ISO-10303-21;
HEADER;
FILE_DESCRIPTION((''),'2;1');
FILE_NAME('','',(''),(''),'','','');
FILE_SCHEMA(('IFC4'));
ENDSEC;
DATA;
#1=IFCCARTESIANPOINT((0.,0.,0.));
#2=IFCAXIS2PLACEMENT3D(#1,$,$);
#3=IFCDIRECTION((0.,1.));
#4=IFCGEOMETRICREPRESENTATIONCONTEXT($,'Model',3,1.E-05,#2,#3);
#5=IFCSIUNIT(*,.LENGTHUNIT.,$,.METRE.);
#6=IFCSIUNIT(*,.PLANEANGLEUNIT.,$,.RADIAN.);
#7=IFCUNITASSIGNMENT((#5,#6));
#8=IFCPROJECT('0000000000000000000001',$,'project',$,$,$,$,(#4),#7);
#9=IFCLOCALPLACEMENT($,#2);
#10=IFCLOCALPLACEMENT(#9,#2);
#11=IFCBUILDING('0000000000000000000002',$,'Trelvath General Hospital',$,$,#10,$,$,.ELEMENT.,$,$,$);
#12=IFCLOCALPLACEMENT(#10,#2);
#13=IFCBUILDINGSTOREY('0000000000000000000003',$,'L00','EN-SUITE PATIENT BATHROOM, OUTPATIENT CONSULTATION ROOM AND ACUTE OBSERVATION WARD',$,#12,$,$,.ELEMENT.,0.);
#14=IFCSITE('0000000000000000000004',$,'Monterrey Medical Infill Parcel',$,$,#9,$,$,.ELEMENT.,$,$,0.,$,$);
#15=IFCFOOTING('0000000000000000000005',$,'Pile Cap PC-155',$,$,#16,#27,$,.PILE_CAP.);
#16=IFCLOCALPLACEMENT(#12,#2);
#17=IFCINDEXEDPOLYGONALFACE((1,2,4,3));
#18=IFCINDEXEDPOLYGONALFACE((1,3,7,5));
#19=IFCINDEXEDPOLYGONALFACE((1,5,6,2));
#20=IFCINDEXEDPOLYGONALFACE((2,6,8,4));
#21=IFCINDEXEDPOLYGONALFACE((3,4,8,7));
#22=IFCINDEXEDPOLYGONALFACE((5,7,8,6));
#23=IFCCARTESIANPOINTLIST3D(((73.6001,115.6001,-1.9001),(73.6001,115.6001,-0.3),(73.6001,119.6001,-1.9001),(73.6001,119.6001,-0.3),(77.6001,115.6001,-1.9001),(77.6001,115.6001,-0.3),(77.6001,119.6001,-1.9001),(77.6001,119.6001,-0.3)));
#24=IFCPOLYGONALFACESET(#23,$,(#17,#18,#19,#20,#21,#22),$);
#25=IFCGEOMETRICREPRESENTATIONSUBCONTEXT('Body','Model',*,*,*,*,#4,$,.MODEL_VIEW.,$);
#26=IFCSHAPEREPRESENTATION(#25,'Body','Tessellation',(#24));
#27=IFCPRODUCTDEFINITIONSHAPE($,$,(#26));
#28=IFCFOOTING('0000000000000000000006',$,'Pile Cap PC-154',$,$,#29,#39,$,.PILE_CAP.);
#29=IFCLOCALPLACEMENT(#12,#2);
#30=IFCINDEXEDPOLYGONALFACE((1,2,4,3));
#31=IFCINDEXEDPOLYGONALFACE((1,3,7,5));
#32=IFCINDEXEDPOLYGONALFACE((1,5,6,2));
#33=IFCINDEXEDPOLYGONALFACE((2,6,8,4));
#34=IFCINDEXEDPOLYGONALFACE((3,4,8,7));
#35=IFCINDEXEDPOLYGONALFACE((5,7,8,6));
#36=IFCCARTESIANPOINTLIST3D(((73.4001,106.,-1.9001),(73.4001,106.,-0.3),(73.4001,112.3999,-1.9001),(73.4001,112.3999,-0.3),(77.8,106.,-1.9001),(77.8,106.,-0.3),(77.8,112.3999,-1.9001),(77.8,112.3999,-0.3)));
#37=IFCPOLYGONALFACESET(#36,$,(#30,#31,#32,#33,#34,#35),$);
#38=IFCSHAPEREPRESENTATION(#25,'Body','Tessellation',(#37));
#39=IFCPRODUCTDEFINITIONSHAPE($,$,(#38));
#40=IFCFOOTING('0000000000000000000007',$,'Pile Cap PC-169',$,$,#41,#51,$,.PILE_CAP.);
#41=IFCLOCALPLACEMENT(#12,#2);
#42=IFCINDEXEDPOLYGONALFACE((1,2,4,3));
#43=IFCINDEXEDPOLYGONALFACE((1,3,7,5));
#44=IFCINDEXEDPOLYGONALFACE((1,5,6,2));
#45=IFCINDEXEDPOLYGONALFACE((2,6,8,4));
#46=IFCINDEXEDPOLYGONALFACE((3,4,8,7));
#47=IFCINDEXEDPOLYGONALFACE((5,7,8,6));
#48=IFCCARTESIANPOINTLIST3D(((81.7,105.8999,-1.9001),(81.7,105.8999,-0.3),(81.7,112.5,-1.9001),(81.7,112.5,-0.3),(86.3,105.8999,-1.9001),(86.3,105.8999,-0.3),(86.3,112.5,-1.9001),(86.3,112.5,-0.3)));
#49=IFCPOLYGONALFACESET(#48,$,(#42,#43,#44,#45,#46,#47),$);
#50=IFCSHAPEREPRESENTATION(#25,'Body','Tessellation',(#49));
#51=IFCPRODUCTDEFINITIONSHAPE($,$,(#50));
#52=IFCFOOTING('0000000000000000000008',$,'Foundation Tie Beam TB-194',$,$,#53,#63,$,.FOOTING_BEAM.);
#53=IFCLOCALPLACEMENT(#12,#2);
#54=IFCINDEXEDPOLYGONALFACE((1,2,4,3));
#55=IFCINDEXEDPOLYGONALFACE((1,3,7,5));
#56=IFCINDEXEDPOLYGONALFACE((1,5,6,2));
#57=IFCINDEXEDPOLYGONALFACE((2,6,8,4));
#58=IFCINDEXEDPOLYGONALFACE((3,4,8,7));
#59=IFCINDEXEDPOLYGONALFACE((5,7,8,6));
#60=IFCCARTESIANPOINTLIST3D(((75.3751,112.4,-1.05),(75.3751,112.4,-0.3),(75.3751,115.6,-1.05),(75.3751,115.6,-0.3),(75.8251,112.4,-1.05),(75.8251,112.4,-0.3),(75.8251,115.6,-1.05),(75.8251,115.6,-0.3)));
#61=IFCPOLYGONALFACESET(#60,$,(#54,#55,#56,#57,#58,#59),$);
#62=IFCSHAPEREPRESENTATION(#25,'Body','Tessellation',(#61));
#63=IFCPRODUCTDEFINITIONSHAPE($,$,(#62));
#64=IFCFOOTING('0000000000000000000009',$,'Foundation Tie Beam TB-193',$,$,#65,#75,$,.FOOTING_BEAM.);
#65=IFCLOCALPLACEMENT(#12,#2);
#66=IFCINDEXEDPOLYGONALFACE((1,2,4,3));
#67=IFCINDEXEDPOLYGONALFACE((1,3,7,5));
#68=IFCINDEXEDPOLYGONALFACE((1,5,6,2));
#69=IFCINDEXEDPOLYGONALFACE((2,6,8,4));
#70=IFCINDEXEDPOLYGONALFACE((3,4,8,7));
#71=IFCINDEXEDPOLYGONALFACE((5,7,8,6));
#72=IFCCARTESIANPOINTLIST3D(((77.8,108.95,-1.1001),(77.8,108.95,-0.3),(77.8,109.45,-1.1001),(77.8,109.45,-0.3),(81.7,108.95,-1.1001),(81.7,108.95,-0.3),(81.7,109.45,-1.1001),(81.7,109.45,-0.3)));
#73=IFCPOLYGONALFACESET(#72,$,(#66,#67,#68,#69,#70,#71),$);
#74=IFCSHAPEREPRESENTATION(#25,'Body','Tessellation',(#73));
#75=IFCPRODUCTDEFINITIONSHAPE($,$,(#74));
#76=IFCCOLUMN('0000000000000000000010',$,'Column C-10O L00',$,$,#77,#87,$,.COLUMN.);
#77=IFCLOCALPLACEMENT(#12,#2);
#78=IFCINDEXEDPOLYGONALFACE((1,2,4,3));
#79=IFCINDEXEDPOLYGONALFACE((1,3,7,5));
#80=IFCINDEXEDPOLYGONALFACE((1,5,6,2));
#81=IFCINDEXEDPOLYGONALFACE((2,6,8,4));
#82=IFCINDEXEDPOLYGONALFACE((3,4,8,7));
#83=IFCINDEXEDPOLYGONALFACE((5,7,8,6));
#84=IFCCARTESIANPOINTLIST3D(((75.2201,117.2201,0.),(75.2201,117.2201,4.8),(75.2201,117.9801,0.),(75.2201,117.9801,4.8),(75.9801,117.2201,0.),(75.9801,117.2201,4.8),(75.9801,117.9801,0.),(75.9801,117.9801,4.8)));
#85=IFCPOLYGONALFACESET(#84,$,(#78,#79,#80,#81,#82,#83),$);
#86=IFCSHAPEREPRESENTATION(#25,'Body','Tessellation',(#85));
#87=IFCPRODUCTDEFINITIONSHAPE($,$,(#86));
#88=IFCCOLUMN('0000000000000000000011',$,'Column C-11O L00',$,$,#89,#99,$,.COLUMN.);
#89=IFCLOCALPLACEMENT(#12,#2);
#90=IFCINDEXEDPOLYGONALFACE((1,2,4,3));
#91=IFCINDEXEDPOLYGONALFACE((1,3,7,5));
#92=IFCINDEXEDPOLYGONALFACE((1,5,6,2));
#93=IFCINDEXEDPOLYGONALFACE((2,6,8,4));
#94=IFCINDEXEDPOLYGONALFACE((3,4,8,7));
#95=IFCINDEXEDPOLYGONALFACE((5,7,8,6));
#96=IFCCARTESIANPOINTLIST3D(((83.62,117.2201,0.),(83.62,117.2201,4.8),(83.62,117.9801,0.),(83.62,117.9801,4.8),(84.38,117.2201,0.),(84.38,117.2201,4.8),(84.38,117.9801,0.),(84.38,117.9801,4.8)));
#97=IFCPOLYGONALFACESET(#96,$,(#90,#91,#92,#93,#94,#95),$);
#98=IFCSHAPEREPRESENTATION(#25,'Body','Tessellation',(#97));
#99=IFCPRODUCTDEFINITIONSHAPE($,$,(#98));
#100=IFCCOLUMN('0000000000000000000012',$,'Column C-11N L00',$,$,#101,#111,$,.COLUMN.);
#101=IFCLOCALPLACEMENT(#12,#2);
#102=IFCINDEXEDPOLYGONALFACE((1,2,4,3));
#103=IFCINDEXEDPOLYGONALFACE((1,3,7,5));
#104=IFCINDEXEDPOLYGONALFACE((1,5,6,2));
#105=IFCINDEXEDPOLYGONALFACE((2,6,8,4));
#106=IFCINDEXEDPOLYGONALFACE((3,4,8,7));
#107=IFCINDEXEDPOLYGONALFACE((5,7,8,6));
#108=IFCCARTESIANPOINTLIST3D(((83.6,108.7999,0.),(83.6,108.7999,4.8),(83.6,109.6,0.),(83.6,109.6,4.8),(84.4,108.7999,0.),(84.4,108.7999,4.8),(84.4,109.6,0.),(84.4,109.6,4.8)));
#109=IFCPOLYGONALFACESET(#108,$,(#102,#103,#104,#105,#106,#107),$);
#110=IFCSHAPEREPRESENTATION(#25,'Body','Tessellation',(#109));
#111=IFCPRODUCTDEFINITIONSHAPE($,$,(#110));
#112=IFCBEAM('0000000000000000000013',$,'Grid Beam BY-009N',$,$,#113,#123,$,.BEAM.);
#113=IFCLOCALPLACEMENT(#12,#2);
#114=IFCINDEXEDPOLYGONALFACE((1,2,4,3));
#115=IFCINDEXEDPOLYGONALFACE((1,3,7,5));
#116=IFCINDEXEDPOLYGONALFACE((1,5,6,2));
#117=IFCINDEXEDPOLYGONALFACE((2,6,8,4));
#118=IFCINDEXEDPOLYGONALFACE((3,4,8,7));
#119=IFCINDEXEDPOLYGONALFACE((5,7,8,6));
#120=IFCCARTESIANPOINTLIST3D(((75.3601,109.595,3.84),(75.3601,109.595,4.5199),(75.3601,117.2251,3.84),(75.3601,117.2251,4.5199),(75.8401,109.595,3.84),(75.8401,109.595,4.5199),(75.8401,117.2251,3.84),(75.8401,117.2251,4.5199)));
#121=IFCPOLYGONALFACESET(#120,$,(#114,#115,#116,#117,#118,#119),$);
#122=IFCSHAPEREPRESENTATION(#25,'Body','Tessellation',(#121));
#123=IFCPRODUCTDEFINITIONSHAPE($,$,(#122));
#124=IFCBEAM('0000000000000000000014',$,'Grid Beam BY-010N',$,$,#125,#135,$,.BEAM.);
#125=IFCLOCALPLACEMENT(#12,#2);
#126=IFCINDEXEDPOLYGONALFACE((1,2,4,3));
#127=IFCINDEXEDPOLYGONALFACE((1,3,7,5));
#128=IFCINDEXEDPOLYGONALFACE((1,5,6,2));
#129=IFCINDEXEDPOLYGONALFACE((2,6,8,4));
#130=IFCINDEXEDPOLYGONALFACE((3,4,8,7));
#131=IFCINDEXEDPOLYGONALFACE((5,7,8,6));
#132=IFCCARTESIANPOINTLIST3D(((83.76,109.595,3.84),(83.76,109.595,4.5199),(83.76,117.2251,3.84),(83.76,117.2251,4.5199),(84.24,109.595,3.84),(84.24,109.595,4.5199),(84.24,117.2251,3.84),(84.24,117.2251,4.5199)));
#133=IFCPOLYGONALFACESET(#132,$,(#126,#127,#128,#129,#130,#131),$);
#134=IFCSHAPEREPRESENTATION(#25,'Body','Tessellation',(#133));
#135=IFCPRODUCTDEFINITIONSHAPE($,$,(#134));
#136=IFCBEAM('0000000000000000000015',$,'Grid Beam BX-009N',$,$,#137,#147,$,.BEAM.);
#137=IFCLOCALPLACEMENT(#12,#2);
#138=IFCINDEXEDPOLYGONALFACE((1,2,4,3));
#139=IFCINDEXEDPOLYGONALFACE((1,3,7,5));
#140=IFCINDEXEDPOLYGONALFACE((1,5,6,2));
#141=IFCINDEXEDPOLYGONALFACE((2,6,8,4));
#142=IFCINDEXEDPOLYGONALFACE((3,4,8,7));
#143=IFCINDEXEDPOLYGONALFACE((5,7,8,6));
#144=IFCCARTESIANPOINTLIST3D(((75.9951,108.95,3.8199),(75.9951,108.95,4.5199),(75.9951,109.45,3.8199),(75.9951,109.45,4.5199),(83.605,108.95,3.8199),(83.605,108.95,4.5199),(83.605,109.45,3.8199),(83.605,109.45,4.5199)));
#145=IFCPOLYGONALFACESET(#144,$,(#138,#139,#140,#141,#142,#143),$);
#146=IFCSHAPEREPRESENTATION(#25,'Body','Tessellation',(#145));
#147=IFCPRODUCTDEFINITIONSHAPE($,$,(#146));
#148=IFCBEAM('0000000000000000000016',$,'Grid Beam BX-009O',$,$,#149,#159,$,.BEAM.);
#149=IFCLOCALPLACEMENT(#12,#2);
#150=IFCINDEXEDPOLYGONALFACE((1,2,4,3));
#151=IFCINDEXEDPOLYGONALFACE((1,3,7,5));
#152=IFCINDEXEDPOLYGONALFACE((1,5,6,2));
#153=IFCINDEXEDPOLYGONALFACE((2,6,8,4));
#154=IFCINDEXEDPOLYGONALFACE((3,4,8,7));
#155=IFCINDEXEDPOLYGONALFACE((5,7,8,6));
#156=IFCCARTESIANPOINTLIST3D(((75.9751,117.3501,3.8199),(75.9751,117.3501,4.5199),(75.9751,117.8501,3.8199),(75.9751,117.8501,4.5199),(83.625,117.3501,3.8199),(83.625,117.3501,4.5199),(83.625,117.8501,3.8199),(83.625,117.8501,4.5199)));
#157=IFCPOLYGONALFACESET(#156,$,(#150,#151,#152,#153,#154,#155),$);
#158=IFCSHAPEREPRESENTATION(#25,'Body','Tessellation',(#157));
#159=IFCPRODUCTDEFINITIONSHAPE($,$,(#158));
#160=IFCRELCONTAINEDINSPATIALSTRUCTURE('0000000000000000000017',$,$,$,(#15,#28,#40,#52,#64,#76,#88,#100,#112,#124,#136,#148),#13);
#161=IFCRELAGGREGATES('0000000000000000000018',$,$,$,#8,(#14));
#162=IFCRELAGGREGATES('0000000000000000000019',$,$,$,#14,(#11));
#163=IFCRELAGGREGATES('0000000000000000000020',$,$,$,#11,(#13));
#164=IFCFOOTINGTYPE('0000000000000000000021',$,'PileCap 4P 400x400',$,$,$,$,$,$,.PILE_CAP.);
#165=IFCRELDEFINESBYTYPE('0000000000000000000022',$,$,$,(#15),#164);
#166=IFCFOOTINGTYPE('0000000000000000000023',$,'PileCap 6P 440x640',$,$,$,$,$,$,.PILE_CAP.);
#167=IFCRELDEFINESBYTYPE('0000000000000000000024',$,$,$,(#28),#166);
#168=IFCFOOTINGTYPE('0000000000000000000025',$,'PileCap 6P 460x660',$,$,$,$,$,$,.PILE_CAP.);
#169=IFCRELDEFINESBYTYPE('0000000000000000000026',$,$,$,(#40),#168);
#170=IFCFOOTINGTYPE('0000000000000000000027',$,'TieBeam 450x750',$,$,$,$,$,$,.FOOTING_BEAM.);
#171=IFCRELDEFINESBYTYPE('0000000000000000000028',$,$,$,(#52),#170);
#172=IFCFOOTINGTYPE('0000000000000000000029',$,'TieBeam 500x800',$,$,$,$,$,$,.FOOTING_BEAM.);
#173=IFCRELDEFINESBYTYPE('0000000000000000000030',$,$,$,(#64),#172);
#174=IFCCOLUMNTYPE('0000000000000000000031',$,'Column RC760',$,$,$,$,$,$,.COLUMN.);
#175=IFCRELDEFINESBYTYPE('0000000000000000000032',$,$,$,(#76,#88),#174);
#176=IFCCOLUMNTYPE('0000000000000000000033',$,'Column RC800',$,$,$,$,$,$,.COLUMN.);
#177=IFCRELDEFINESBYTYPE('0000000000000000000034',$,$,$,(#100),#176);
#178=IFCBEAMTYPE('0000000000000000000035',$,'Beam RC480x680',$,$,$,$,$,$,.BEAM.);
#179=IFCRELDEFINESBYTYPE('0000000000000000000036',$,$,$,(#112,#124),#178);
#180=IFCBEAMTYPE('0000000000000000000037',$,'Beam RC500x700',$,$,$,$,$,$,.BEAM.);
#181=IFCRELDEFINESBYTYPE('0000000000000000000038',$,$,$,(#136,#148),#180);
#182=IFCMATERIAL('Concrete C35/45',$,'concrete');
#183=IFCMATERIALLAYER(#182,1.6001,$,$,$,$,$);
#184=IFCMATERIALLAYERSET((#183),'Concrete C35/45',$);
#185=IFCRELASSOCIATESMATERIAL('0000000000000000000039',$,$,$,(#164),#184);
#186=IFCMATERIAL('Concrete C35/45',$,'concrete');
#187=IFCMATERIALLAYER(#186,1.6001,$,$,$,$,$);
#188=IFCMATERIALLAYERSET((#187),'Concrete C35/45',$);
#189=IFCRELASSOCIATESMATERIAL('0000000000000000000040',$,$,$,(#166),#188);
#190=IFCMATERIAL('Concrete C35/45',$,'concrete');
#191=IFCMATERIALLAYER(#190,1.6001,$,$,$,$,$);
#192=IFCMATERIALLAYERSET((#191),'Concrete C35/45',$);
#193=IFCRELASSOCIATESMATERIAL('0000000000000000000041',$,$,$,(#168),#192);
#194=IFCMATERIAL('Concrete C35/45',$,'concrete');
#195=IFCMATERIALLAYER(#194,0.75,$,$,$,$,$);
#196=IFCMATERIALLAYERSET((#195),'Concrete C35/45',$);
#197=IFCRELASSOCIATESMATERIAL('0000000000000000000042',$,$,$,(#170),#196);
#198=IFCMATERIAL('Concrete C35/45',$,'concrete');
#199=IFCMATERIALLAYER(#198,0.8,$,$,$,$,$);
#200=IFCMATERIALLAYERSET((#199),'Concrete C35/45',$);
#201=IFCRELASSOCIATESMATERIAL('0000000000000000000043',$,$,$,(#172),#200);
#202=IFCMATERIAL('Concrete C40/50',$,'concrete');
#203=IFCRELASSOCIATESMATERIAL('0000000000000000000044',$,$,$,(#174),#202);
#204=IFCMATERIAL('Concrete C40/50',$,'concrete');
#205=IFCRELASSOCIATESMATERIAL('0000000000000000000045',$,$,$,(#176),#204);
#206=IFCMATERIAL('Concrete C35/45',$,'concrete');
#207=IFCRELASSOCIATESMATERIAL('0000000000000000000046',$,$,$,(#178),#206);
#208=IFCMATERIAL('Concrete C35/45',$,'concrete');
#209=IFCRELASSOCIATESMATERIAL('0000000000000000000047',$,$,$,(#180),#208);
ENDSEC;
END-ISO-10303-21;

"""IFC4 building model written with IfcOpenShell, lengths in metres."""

from ifc_helpers import new_model, si_unit, direction, frame, origin, origin_2d, place, context, subcontext, project, spatial, rectangle, extrude, material, layer, layer_set, material_profile, profile_set, type_object, element, save


model = new_model("IFC4")

# Units and contexts
model_context = context("Model", 3, precision=1e-05, world=origin(), true_north=direction((0.0, 1.0)))
body_context = subcontext(model_context, "Body", "Model", "MODEL_VIEW")
ifc_project = project(units=[si_unit("LENGTHUNIT", "METRE"), si_unit("PLANEANGLEUNIT", "RADIAN")], contexts=[model_context])

# Site, building, storey
site_placement = place(None, origin())
site = spatial("IfcSite", under=ifc_project, at=site_placement, Name="Monterrey Medical Infill Parcel", CompositionType="ELEMENT", RefElevation=0.0)
building_placement = place(site_placement, origin())
building = spatial("IfcBuilding", under=site, at=building_placement, Name="Trelvath General Hospital", CompositionType="ELEMENT")
storey_placement = place(building_placement, origin())
storey = spatial("IfcBuildingStorey", under=building, at=storey_placement, Name="L00", Description="EN-SUITE PATIENT BATHROOM, OUTPATIENT CONSULTATION ROOM AND ACUTE OBSERVATION WARD", CompositionType="ELEMENT", Elevation=0.0)

# Footings
ifc_material_1 = material(Name="Concrete C35/45", Category="concrete")
ifc_layer_1 = layer(ifc_material_1, 1.6001)
ifc_layer_set_1 = layer_set([ifc_layer_1], Name="Concrete C35/45")
footing_type_1 = type_object("IfcFootingType", Name="PileCap 4P 400x400", PredefinedType="PILE_CAP", material=ifc_layer_set_1)
footing_1_placement = place(storey_placement, frame((75.6001, 117.6001, -1.9001), z_axis=(0.0, 0.0, 1.0), x_axis=(1.0, 0.0, 0.0)))
element("IfcFooting", 1, at=footing_1_placement, inside=storey, type_object=footing_type_1, Name="Pile Cap PC-155", PredefinedType="PILE_CAP", context=body_context, shape_type="SweptSolid", body=[
    extrude(rectangle(XDim=4.0, YDim=4.0, at=origin_2d()), origin(), (0.0, 0.0, 1.0), 1.6001),
])
ifc_material_2 = material(Name="Concrete C35/45", Category="concrete")
ifc_layer_2 = layer(ifc_material_2, 1.6001)
ifc_layer_set_2 = layer_set([ifc_layer_2], Name="Concrete C35/45")
footing_type_2 = type_object("IfcFootingType", Name="PileCap 6P 440x640", PredefinedType="PILE_CAP", material=ifc_layer_set_2)
footing_2_placement = place(storey_placement, frame((75.6001, 109.2, -1.9001), z_axis=(0.0, 0.0, 1.0), x_axis=(1.0, 0.0, 0.0)))
element("IfcFooting", 2, at=footing_2_placement, inside=storey, type_object=footing_type_2, Name="Pile Cap PC-154", PredefinedType="PILE_CAP", context=body_context, shape_type="SweptSolid", body=[
    extrude(rectangle(XDim=4.3999, YDim=6.3999, at=origin_2d()), origin(), (0.0, 0.0, 1.0), 1.6001),
])
ifc_material_3 = material(Name="Concrete C35/45", Category="concrete")
ifc_layer_3 = layer(ifc_material_3, 1.6001)
ifc_layer_set_3 = layer_set([ifc_layer_3], Name="Concrete C35/45")
footing_type_3 = type_object("IfcFootingType", Name="PileCap 6P 460x660", PredefinedType="PILE_CAP", material=ifc_layer_set_3)
footing_3_placement = place(storey_placement, frame((84.0, 109.2, -1.9001), z_axis=(0.0, 0.0, 1.0), x_axis=(1.0, 0.0, 0.0)))
element("IfcFooting", 3, at=footing_3_placement, inside=storey, type_object=footing_type_3, Name="Pile Cap PC-169", PredefinedType="PILE_CAP", context=body_context, shape_type="SweptSolid", body=[
    extrude(rectangle(XDim=4.6001, YDim=6.6001, at=origin_2d()), origin(), (0.0, 0.0, 1.0), 1.6001),
])
ifc_material_4 = material(Name="Concrete C35/45", Category="concrete")
ifc_layer_4 = layer(ifc_material_4, 0.75)
ifc_layer_set_4 = layer_set([ifc_layer_4], Name="Concrete C35/45")
footing_type_4 = type_object("IfcFootingType", Name="TieBeam 450x750", PredefinedType="FOOTING_BEAM", material=ifc_layer_set_4)
footing_4_placement = place(storey_placement, frame((75.6001, 114.0, -1.05), z_axis=(0.0, 0.0, 1.0), x_axis=(1.0, 0.0, 0.0)))
element("IfcFooting", 4, at=footing_4_placement, inside=storey, type_object=footing_type_4, Name="Foundation Tie Beam TB-194", PredefinedType="FOOTING_BEAM", context=body_context, shape_type="SweptSolid", body=[
    extrude(rectangle(XDim=0.45, YDim=3.2, at=origin_2d()), origin(), (0.0, 0.0, 1.0), 0.75),
])
ifc_material_5 = material(Name="Concrete C35/45", Category="concrete")
ifc_layer_5 = layer(ifc_material_5, 0.8)
ifc_layer_set_5 = layer_set([ifc_layer_5], Name="Concrete C35/45")
footing_type_5 = type_object("IfcFootingType", Name="TieBeam 500x800", PredefinedType="FOOTING_BEAM", material=ifc_layer_set_5)
footing_5_placement = place(storey_placement, frame((79.75, 109.2, -1.1001), z_axis=(0.0, 0.0, 1.0), x_axis=(1.0, 0.0, 0.0)))
element("IfcFooting", 5, at=footing_5_placement, inside=storey, type_object=footing_type_5, Name="Foundation Tie Beam TB-193", PredefinedType="FOOTING_BEAM", context=body_context, shape_type="SweptSolid", body=[
    extrude(rectangle(XDim=3.8999, YDim=0.5, at=origin_2d()), origin(), (0.0, 0.0, 1.0), 0.8),
])

# Columns
ifc_material_6 = material(Name="Concrete C40/50", Category="concrete")
ifc_material_profile_1 = material_profile(ifc_material_6, rectangle(XDim=0.76, YDim=0.76, at=origin_2d()), Name="RC760x760")
ifc_profile_set_1 = profile_set([ifc_material_profile_1], Name="Concrete C40/50")
column_type_1 = type_object("IfcColumnType", Name="Column RC760", PredefinedType="COLUMN", material=ifc_profile_set_1)
for number, where, z_axis, x_axis, name in (
    (6, (75.6001, 117.6001, 0.0), (0.0, 0.0, 1.0), (1.0, 0.0, 0.0), "Column C-10O L00"),
    (7, (84.0, 117.6001, 0.0), (0.0, 0.0, 1.0), (1.0, 0.0, 0.0), "Column C-11O L00"),
):
    element("IfcColumn", number, at=place(storey_placement, frame(where, z_axis=z_axis, x_axis=x_axis)), inside=storey, type_object=column_type_1, Name=name, PredefinedType="COLUMN", context=body_context, shape_type="SweptSolid", body=[
        extrude(rectangle(XDim=0.76, YDim=0.76, at=origin_2d()), origin(), (0.0, 0.0, 1.0), 4.8),
    ])
ifc_material_7 = material(Name="Concrete C40/50", Category="concrete")
ifc_material_profile_2 = material_profile(ifc_material_7, rectangle(XDim=0.8, YDim=0.8, at=origin_2d()), Name="RC800x800")
ifc_profile_set_2 = profile_set([ifc_material_profile_2], Name="Concrete C40/50")
column_type_2 = type_object("IfcColumnType", Name="Column RC800", PredefinedType="COLUMN", material=ifc_profile_set_2)
column_placement = place(storey_placement, frame((84.0, 109.2, 0.0), z_axis=(0.0, 0.0, 1.0), x_axis=(1.0, 0.0, 0.0)))
element("IfcColumn", 8, at=column_placement, inside=storey, type_object=column_type_2, Name="Column C-11N L00", PredefinedType="COLUMN", context=body_context, shape_type="SweptSolid", body=[
    extrude(rectangle(XDim=0.8, YDim=0.8, at=origin_2d()), origin(), (0.0, 0.0, 1.0), 4.8),
])

# Beams
ifc_material_8 = material(Name="Concrete C35/45", Category="concrete")
ifc_material_profile_3 = material_profile(ifc_material_8, rectangle(XDim=0.48, YDim=0.6799, at=origin_2d()), Name="RCB480x680")
ifc_profile_set_3 = profile_set([ifc_material_profile_3], Name="Concrete C35/45")
beam_type_1 = type_object("IfcBeamType", Name="Beam RC480x680", PredefinedType="BEAM", material=ifc_profile_set_3)
for number, where, z_axis, x_axis, name in (
    (9, (75.6001, 109.595, 4.1799), (0.0, 1.0, 0.0), (-1.0, 0.0, 0.0), "Grid Beam BY-009N"),
    (10, (84.0, 109.595, 4.1799), (0.0, 1.0, 0.0), (-1.0, 0.0, 0.0), "Grid Beam BY-010N"),
):
    element("IfcBeam", number, at=place(storey_placement, frame(where, z_axis=z_axis, x_axis=x_axis)), inside=storey, type_object=beam_type_1, Name=name, PredefinedType="BEAM", context=body_context, shape_type="SweptSolid", body=[
        extrude(rectangle(XDim=0.48, YDim=0.6799, at=origin_2d()), origin(), (0.0, 0.0, 1.0), 7.6301),
    ])
ifc_material_9 = material(Name="Concrete C35/45", Category="concrete")
ifc_material_profile_4 = material_profile(ifc_material_9, rectangle(XDim=0.5, YDim=0.7, at=origin_2d()), Name="RCB500x700")
ifc_profile_set_4 = profile_set([ifc_material_profile_4], Name="Concrete C35/45")
beam_type_2 = type_object("IfcBeamType", Name="Beam RC500x700", PredefinedType="BEAM", material=ifc_profile_set_4)
beam_1_placement = place(storey_placement, frame((75.9951, 109.2, 4.1699), z_axis=(1.0, 0.0, 0.0), x_axis=(0.0, 1.0, 0.0)))
element("IfcBeam", 11, at=beam_1_placement, inside=storey, type_object=beam_type_2, Name="Grid Beam BX-009N", PredefinedType="BEAM", context=body_context, shape_type="SweptSolid", body=[
    extrude(rectangle(XDim=0.5, YDim=0.7, at=origin_2d()), origin(), (0.0, 0.0, 1.0), 7.6099),
])
beam_2_placement = place(storey_placement, frame((75.9751, 117.6001, 4.1699), z_axis=(1.0, 0.0, 0.0), x_axis=(0.0, 1.0, 0.0)))
element("IfcBeam", 12, at=beam_2_placement, inside=storey, type_object=beam_type_2, Name="Grid Beam BX-009O", PredefinedType="BEAM", context=body_context, shape_type="SweptSolid", body=[
    extrude(rectangle(XDim=0.5, YDim=0.7, at=origin_2d()), origin(), (0.0, 0.0, 1.0), 7.6499),
])

save(model, "model.ifc")
